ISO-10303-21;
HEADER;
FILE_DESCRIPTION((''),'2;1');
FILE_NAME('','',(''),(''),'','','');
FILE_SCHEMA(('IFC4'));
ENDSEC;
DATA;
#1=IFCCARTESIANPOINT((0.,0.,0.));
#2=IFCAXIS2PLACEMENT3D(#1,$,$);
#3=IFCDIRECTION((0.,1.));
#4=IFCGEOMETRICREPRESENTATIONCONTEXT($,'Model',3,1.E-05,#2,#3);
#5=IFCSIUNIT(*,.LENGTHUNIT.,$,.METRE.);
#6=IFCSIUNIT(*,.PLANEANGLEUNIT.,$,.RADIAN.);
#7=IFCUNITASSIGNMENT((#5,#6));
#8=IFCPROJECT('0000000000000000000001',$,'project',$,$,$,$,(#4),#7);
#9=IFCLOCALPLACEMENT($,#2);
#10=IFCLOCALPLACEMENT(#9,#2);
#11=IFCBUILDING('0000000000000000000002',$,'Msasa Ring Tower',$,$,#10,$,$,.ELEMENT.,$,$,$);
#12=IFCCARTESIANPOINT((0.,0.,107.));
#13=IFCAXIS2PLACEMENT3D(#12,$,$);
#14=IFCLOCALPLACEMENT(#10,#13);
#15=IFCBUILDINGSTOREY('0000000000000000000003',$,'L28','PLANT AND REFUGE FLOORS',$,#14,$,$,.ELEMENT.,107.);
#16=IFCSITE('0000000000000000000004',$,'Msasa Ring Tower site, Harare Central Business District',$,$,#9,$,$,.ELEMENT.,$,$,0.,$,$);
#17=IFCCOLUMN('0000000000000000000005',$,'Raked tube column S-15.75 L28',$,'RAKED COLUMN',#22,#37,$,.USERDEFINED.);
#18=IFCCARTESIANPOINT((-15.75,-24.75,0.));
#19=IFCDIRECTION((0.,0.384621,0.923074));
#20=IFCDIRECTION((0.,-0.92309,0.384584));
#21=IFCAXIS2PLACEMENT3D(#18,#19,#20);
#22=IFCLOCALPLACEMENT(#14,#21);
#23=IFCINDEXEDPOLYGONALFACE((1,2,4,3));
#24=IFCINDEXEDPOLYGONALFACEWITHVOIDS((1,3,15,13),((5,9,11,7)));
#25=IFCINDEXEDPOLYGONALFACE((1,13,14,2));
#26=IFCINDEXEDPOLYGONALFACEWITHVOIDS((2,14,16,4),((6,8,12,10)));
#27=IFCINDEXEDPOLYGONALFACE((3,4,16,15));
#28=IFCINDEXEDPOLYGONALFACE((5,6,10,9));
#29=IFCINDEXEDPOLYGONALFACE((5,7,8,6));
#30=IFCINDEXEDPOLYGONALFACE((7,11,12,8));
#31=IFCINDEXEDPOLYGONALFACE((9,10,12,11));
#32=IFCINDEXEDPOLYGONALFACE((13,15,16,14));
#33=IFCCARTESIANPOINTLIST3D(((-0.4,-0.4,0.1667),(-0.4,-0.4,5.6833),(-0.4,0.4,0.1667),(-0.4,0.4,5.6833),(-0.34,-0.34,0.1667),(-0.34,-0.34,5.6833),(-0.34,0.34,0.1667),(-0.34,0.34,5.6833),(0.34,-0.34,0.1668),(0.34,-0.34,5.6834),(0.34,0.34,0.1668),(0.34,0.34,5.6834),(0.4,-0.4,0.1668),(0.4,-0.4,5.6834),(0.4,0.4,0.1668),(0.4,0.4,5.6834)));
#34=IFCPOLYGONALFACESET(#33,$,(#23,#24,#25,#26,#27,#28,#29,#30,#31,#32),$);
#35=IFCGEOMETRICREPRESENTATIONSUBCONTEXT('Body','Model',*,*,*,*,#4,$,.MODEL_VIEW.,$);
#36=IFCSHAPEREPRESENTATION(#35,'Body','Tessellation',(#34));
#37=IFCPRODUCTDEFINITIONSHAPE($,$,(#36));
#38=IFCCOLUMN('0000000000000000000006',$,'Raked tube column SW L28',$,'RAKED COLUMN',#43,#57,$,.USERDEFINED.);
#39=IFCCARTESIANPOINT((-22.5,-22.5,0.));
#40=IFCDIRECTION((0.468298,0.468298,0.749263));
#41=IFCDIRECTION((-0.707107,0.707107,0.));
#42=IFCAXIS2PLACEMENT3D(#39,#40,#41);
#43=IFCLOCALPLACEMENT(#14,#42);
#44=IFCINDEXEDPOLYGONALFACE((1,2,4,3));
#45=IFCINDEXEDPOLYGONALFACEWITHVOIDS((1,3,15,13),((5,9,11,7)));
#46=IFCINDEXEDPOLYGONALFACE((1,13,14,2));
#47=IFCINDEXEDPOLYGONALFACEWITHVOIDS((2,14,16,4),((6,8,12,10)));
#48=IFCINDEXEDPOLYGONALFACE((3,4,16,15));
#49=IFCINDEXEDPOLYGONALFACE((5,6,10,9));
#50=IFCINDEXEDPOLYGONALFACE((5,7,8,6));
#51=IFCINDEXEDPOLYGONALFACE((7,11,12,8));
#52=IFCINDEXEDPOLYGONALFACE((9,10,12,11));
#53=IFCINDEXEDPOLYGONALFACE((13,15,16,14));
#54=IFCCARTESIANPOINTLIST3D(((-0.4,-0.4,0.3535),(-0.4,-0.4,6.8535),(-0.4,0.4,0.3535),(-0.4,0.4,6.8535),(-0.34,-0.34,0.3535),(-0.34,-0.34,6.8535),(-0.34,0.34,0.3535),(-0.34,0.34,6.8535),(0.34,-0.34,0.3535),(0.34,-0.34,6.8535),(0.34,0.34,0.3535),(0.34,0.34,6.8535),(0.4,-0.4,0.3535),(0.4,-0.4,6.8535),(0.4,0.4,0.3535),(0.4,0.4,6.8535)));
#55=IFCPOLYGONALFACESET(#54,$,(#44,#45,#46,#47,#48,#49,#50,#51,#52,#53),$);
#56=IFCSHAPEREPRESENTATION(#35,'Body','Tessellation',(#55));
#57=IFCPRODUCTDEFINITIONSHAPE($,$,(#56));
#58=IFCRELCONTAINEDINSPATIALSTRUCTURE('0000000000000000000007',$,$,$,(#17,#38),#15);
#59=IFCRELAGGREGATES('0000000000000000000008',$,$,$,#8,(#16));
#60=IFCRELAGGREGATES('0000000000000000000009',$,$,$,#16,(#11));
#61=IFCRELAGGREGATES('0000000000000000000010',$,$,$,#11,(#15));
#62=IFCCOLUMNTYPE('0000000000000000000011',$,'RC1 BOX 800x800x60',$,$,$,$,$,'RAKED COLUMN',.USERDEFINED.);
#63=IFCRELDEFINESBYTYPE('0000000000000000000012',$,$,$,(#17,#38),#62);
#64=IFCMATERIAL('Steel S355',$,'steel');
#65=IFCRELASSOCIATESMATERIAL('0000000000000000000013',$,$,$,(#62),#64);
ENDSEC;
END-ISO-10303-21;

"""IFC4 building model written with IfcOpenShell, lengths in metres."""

from ifc_helpers import new_model, si_unit, direction, frame, origin, origin_2d, place, context, subcontext, project, spatial, hollow_rectangle, extrude, clip, halfspace, material, material_profile, profile_set, type_object, element, save


model = new_model("IFC4")

# Units and contexts
model_context = context("Model", 3, precision=1e-05, world=origin(), true_north=direction((0.0, 1.0)))
body_context = subcontext(model_context, "Body", "Model", "MODEL_VIEW")
ifc_project = project(units=[si_unit("LENGTHUNIT", "METRE"), si_unit("PLANEANGLEUNIT", "RADIAN")], contexts=[model_context])

# Site, building, storey
site_placement = place(None, origin())
site = spatial("IfcSite", under=ifc_project, at=site_placement, Name="Msasa Ring Tower site, Harare Central Business District", CompositionType="ELEMENT", RefElevation=0.0)
building_placement = place(site_placement, origin())
building = spatial("IfcBuilding", under=site, at=building_placement, Name="Msasa Ring Tower", CompositionType="ELEMENT")
storey_placement = place(building_placement, frame((0.0, 0.0, 107.0)))
storey = spatial("IfcBuildingStorey", under=building, at=storey_placement, Name="L28", Description="PLANT AND REFUGE FLOORS", CompositionType="ELEMENT", Elevation=107.0)

# Columns
ifc_material_1 = material(Name="Steel S355", Category="steel")
ifc_material_profile_1 = material_profile(ifc_material_1, hollow_rectangle(XDim=0.8, YDim=0.8, WallThickness=0.0601, at=origin_2d()), Name="BOX 800x800x60")
ifc_profile_set_1 = profile_set([ifc_material_profile_1], Name="Steel S355")
column_type = type_object("IfcColumnType", Name="RC1 BOX 800x800x60", ElementType="RAKED COLUMN", PredefinedType="USERDEFINED", material=ifc_profile_set_1)
column_1_placement = place(storey_placement, frame((-15.75, -24.75, 0.0), z_axis=(0.0, 0.384621, 0.923074), x_axis=(0.0, -0.92309, 0.384584)))
element("IfcColumn", 1, at=column_1_placement, inside=storey, type_object=column_type, Name="Raked tube column S-15.75 L28", ObjectType="RAKED COLUMN", PredefinedType="USERDEFINED", context=body_context, shape_type="Clipping", body=[
    clip(clip(extrude(hollow_rectangle(XDim=0.8, YDim=0.8, WallThickness=0.0601, at=origin_2d()), origin(), (0.0, 0.0, 1.0), 5.8499), halfspace(frame((0.0, 0.0, 0.1667), z_axis=(0.0, 0.0, 1.0)), True)), halfspace(frame((0.0, 0.0, 5.6833), z_axis=(0.0, 0.0, -1.0)), True)),
])
column_2_placement = place(storey_placement, frame((-22.5, -22.5, 0.0), z_axis=(0.468298, 0.468298, 0.749263), x_axis=(-0.707107, 0.707107, 0.0)))
element("IfcColumn", 2, at=column_2_placement, inside=storey, type_object=column_type, Name="Raked tube column SW L28", ObjectType="RAKED COLUMN", PredefinedType="USERDEFINED", context=body_context, shape_type="Clipping", body=[
    clip(clip(extrude(hollow_rectangle(XDim=0.8, YDim=0.8, WallThickness=0.0601, at=origin_2d()), origin(), (0.0, 0.0, 1.0), 7.207), halfspace(frame((0.0, 0.0, 0.3535), z_axis=(0.0, 0.0, 1.0)), True)), halfspace(frame((0.0, 0.0, 6.8535), z_axis=(0.0, 0.0, -1.0)), True)),
])

save(model, "model.ifc")
